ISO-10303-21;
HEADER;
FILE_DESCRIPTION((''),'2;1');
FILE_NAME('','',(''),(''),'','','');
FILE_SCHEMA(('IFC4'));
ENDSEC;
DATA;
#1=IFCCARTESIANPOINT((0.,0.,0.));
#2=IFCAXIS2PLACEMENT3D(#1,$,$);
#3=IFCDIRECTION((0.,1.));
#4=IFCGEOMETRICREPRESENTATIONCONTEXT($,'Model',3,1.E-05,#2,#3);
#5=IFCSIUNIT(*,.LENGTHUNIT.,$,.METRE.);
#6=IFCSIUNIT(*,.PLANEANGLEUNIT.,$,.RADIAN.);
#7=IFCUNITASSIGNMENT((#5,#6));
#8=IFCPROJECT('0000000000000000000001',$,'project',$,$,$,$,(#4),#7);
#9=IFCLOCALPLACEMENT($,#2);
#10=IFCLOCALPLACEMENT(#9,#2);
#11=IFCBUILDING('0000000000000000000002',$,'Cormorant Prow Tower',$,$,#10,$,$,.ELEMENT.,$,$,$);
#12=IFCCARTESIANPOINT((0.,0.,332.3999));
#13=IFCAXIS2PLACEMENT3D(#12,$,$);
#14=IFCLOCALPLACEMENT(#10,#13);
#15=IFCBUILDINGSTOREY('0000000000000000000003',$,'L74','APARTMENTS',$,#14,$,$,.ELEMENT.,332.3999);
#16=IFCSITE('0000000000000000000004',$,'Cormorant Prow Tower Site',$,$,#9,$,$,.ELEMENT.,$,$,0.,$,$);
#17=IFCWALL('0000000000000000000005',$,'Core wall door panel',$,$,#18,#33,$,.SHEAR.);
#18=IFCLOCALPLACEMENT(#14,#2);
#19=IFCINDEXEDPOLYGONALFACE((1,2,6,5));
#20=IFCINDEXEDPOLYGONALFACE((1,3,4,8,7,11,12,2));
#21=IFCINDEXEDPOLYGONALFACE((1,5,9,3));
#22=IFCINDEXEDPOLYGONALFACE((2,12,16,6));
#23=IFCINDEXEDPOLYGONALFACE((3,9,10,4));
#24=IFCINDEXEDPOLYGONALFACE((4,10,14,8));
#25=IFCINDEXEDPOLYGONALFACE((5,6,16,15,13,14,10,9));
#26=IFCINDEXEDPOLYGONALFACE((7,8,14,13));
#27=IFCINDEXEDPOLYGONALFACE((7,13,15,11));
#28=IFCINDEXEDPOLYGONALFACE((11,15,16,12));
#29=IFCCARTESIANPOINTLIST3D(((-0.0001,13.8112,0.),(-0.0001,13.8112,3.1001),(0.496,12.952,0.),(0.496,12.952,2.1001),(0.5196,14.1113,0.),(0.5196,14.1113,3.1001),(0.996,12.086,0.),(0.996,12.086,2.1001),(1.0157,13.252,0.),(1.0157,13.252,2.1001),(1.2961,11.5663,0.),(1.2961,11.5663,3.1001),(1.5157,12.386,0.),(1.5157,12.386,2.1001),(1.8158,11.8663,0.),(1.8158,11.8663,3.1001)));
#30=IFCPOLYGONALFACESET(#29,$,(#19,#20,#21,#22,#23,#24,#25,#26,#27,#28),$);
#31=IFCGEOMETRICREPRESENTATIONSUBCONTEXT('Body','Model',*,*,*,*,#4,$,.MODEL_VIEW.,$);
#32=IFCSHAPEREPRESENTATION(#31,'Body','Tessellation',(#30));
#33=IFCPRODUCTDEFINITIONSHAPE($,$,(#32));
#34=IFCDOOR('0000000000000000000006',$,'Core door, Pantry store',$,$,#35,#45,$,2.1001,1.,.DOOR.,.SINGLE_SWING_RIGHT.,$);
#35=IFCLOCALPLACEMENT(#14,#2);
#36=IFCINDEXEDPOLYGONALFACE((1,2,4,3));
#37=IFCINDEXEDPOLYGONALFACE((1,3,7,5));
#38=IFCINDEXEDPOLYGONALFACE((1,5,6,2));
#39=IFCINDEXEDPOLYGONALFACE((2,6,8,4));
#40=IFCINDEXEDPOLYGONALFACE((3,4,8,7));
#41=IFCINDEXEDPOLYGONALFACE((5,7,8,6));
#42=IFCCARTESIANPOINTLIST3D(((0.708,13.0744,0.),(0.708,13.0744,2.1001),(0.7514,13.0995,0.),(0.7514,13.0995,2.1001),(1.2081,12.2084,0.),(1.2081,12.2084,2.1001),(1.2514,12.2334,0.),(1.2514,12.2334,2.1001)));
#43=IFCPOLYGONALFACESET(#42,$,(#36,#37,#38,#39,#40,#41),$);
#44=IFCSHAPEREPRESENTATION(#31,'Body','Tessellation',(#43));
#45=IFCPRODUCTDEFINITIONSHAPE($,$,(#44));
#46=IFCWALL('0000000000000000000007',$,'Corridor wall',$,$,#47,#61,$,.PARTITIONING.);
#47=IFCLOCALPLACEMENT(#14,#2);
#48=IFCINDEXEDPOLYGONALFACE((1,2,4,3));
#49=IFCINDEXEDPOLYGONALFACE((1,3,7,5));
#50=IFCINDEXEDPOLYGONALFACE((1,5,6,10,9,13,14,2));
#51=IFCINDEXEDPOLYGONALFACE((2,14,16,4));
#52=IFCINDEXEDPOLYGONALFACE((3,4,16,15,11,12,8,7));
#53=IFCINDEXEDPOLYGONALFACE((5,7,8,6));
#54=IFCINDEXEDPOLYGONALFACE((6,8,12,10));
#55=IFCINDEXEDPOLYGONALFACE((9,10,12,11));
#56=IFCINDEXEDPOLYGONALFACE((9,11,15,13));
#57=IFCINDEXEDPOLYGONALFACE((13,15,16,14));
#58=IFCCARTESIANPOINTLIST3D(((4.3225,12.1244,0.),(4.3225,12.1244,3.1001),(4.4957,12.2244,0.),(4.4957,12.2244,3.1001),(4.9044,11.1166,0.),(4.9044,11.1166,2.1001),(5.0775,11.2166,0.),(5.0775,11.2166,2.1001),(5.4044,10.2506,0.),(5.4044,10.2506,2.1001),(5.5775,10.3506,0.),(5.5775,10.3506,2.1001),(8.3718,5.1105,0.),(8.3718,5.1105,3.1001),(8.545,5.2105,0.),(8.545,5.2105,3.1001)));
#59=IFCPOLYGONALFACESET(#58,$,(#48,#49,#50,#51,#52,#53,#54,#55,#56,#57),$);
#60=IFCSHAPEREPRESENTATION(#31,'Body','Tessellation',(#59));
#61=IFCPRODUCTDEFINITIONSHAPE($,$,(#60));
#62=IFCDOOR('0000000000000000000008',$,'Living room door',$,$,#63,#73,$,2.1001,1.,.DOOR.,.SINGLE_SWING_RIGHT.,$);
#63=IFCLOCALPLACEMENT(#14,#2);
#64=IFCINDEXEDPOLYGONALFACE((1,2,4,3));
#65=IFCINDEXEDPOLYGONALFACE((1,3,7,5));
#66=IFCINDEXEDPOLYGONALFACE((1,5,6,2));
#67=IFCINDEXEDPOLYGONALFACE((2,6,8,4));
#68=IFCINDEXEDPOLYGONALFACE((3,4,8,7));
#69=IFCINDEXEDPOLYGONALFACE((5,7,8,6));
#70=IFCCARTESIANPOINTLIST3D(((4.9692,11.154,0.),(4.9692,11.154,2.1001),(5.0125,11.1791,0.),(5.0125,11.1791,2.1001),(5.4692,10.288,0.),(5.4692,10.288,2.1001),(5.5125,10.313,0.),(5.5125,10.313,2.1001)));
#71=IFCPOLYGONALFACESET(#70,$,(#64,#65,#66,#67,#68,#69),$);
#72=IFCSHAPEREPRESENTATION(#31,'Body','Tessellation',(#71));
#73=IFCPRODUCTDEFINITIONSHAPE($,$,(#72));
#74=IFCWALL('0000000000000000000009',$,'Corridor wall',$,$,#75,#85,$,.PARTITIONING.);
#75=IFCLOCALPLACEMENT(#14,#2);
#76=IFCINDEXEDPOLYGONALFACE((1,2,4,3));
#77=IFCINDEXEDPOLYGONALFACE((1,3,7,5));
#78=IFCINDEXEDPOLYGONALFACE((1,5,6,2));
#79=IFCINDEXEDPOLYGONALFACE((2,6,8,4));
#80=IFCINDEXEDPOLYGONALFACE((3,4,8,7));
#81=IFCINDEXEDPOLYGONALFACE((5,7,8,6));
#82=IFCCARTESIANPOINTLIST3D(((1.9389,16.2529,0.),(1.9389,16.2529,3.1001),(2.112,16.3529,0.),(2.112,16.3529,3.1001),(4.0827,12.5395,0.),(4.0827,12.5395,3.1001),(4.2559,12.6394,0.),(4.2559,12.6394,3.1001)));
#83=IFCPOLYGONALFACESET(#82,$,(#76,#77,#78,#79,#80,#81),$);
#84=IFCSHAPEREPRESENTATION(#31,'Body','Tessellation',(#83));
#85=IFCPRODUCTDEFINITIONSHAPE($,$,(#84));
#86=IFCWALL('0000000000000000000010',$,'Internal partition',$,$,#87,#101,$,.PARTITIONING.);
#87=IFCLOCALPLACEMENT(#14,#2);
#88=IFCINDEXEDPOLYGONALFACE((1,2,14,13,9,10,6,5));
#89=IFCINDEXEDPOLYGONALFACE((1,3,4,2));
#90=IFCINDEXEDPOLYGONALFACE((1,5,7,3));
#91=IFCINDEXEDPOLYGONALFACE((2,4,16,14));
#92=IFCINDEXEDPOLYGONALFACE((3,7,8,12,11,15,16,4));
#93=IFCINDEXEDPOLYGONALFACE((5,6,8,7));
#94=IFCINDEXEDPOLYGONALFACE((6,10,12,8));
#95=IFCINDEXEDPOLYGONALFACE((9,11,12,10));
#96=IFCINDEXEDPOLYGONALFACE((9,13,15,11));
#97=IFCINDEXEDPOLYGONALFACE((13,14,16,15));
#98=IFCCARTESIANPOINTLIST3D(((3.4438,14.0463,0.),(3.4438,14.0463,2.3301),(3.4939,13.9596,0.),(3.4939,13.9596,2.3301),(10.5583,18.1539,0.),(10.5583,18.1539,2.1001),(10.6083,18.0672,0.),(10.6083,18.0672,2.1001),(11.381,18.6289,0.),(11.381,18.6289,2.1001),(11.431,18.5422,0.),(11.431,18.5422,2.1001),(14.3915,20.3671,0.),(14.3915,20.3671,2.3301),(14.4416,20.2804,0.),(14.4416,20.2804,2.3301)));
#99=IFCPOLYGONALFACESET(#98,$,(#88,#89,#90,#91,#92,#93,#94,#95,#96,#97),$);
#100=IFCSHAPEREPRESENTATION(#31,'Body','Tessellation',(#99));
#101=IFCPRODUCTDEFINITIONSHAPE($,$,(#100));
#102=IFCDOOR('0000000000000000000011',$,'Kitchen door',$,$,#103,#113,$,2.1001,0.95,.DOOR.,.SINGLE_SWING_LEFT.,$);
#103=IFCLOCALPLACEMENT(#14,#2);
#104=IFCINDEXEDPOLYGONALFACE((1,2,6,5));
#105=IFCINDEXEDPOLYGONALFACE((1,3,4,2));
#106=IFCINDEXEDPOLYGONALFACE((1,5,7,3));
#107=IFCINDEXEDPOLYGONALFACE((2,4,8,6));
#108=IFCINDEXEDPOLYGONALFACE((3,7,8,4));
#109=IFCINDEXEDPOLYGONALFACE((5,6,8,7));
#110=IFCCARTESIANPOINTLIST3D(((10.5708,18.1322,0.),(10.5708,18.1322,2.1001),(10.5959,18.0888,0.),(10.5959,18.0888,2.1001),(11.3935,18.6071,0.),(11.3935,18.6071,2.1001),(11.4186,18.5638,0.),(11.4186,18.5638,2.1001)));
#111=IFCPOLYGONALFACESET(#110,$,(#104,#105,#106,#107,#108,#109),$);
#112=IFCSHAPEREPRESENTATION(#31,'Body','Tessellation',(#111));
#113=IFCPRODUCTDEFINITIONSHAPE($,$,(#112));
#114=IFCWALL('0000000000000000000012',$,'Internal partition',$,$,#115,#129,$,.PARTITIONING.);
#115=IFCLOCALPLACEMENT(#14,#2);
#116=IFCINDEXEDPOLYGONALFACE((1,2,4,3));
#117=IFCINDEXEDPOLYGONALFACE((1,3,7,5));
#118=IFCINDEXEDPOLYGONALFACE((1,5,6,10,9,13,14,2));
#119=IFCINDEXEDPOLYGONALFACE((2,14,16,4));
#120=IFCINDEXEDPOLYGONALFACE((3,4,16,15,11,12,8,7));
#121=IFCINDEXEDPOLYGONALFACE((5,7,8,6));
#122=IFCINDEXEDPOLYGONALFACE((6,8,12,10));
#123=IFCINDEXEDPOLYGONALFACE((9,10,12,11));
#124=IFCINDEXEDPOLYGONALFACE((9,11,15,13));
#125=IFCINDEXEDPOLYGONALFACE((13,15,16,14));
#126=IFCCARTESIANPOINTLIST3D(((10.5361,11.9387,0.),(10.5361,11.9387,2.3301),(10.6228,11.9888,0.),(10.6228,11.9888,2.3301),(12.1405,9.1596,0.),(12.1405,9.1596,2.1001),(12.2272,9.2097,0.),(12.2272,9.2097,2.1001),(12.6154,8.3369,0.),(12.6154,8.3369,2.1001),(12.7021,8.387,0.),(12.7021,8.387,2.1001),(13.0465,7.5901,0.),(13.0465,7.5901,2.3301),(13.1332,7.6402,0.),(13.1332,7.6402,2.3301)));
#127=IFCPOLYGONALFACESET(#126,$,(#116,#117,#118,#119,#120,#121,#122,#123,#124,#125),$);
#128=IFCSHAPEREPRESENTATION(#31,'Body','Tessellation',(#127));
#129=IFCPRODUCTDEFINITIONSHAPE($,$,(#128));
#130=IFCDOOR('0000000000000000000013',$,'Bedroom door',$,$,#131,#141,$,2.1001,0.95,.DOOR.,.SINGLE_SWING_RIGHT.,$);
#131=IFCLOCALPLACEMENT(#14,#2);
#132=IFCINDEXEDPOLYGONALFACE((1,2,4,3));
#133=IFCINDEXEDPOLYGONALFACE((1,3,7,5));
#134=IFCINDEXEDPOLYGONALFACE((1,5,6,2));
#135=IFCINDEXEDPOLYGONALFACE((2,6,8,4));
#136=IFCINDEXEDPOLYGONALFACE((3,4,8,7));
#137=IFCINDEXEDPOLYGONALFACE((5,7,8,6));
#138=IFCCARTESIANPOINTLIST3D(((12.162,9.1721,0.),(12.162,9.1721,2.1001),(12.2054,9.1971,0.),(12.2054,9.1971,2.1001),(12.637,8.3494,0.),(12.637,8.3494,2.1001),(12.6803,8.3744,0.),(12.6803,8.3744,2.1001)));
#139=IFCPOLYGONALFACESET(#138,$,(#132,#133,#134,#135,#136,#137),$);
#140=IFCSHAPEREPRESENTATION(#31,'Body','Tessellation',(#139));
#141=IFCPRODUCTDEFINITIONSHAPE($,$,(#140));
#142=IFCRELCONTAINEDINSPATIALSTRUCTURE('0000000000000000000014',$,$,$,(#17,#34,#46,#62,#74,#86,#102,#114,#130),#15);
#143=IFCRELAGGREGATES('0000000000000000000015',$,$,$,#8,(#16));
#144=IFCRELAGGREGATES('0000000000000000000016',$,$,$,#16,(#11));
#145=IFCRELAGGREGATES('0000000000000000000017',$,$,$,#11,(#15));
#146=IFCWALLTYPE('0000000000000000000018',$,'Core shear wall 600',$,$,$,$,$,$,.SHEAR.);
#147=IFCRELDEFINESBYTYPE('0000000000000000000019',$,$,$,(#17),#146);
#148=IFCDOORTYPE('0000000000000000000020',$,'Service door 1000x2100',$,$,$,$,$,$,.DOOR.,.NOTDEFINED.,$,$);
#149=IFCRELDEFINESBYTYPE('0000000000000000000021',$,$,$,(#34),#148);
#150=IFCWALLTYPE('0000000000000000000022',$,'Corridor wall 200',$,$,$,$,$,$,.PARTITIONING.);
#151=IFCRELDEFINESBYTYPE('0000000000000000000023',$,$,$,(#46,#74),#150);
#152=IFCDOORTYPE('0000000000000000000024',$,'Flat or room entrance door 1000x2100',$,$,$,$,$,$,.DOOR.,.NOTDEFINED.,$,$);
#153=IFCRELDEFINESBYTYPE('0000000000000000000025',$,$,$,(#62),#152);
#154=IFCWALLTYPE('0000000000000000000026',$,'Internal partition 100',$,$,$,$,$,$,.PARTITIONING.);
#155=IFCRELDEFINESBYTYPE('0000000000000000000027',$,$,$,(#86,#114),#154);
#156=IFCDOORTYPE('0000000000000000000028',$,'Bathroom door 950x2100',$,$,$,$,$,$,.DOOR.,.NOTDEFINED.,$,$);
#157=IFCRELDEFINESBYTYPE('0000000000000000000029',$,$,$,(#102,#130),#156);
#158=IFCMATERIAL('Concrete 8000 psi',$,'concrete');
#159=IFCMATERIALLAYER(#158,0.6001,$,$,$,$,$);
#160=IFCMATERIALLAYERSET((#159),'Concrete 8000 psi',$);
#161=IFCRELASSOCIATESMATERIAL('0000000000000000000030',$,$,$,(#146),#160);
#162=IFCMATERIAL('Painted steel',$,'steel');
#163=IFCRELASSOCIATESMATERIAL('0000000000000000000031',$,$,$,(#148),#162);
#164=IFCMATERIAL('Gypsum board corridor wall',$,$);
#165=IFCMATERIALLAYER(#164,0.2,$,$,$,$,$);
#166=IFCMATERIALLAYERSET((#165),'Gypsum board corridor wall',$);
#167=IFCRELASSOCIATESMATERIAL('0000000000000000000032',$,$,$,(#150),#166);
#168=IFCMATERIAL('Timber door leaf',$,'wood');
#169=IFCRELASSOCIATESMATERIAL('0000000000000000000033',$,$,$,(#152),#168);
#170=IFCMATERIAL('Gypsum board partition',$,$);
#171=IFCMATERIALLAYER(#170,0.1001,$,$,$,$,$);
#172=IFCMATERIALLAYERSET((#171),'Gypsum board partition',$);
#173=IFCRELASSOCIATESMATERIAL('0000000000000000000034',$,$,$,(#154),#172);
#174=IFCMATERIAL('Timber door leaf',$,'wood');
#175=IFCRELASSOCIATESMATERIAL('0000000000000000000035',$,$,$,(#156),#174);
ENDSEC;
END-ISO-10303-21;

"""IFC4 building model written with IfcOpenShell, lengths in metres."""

from ifc_helpers import new_model, si_unit, direction, frame, frame_2d, origin, place, context, subcontext, project, spatial, rectangle, extrude, material, layer, layer_set, type_object, element, fill, save


model = new_model("IFC4")

# Units and contexts
model_context = context("Model", 3, precision=1e-05, world=origin(), true_north=direction((0.0, 1.0)))
body_context = subcontext(model_context, "Body", "Model", "MODEL_VIEW")
ifc_project = project(units=[si_unit("LENGTHUNIT", "METRE"), si_unit("PLANEANGLEUNIT", "RADIAN")], contexts=[model_context])

# Site, building, storey
site_placement = place(None, origin())
site = spatial("IfcSite", under=ifc_project, at=site_placement, Name="Cormorant Prow Tower Site", CompositionType="ELEMENT", RefElevation=0.0)
building_placement = place(site_placement, origin())
building = spatial("IfcBuilding", under=site, at=building_placement, Name="Cormorant Prow Tower", CompositionType="ELEMENT")
storey_placement = place(building_placement, frame((0.0, 0.0, 332.3999)))
storey = spatial("IfcBuildingStorey", under=building, at=storey_placement, Name="L74", Description="APARTMENTS", CompositionType="ELEMENT", Elevation=332.3999)

# Walls, openings, doors
ifc_material_1 = material(Name="Concrete 8000 psi", Category="concrete")
ifc_layer_1 = layer(ifc_material_1, 0.6001)
ifc_layer_set_1 = layer_set([ifc_layer_1], Name="Concrete 8000 psi")
wall_type_1 = type_object("IfcWallType", Name="Core shear wall 600", PredefinedType="SHEAR", material=ifc_layer_set_1)
wall_1_placement = place(storey_placement, frame((1.5559, 11.7163, 0.0), z_axis=(0.0, 0.0, 1.0), x_axis=(-0.500019, 0.866015, 0.0)))
wall_1 = element("IfcWall", 1, at=wall_1_placement, inside=storey, type_object=wall_type_1, Name="Core wall door panel", PredefinedType="SHEAR", context=body_context, shape_type="SweptSolid", body=[
    extrude(rectangle(XDim=2.5923, YDim=0.6001, at=frame_2d((1.2961, 0.0))), origin(), (0.0, 0.0, 1.0), 3.1001),
])
opening_1_placement = place(wall_1_placement, frame((0.6001, 0.0, 0.0)))
opening_1 = element("IfcOpeningElement", 2, at=opening_1_placement, cuts=wall_1, PredefinedType="OPENING", context=body_context, shape_type="SweptSolid", body=[
    extrude(rectangle(XDim=1.0, YDim=2.1001, at=frame_2d((0.5, 1.05))), frame((0.0, 0.3101, 0.0), z_axis=(0.0, -1.0, 0.0), x_axis=(1.0, 0.0, 0.0)), (0.0, 0.0, 1.0), 0.6201),
])
ifc_material_2 = material(Name="Painted steel", Category="steel")
door_type_1 = type_object("IfcDoorType", Name="Service door 1000x2100", OperationType="NOTDEFINED", PredefinedType="DOOR", material=ifc_material_2)
door_1_placement = place(opening_1_placement, origin())
door_1 = element("IfcDoor", 3, at=door_1_placement, inside=storey, type_object=door_type_1, Name="Core door, Pantry store", OperationType="SINGLE_SWING_RIGHT", OverallHeight=2.1001, OverallWidth=1.0, PredefinedType="DOOR", context=body_context, shape_type="SweptSolid", body=[
    extrude(rectangle(XDim=1.0, YDim=2.1001, at=frame_2d((0.5, 1.05))), frame((0.0, 0.0552, 0.0), z_axis=(0.0, -1.0, 0.0), x_axis=(1.0, 0.0, 0.0)), (0.0, 0.0, 1.0), 0.05),
])
fill(opening_1, door_1)
ifc_material_3 = material(Name="Gypsum board corridor wall")
ifc_layer_2 = layer(ifc_material_3, 0.2)
ifc_layer_set_2 = layer_set([ifc_layer_2], Name="Gypsum board corridor wall")
wall_type_2 = type_object("IfcWallType", Name="Corridor wall 200", PredefinedType="PARTITIONING", material=ifc_layer_set_2)
wall_2_placement = place(storey_placement, frame((4.4092, 12.1743, 0.0), z_axis=(0.0, 0.0, 1.0), x_axis=(0.499984, -0.866034, 0.0)))
wall_2 = element("IfcWall", 4, at=wall_2_placement, inside=storey, type_object=wall_type_2, Name="Corridor wall", PredefinedType="PARTITIONING", context=body_context, shape_type="SweptSolid", body=[
    extrude(rectangle(XDim=8.0989, YDim=0.2, at=frame_2d((4.0493, 0.0))), origin(), (0.0, 0.0, 1.0), 3.1001),
])
opening_2_placement = place(wall_2_placement, frame((1.1636, 0.0, 0.0)))
opening_2 = element("IfcOpeningElement", 5, at=opening_2_placement, cuts=wall_2, PredefinedType="OPENING", context=body_context, shape_type="SweptSolid", body=[
    extrude(rectangle(XDim=1.0, YDim=2.1001, at=frame_2d((0.5, 1.05))), frame((0.0, 0.1099, 0.0), z_axis=(0.0, -1.0, 0.0), x_axis=(1.0, 0.0, 0.0)), (0.0, 0.0, 1.0), 0.22),
])
ifc_material_4 = material(Name="Timber door leaf", Category="wood")
door_type_2 = type_object("IfcDoorType", Name="Flat or room entrance door 1000x2100", OperationType="NOTDEFINED", PredefinedType="DOOR", material=ifc_material_4)
door_2_placement = place(opening_2_placement, origin())
door_2 = element("IfcDoor", 6, at=door_2_placement, inside=storey, type_object=door_type_2, Name="Living room door", OperationType="SINGLE_SWING_RIGHT", OverallHeight=2.1001, OverallWidth=1.0, PredefinedType="DOOR", context=body_context, shape_type="SweptSolid", body=[
    extrude(rectangle(XDim=1.0, YDim=2.1001, at=frame_2d((0.5, 1.05))), frame((0.0, 0.0249, 0.0), z_axis=(0.0, -1.0, 0.0), x_axis=(1.0, 0.0, 0.0)), (0.0, 0.0, 1.0), 0.05),
])
fill(opening_2, door_2)

# Wall
wall_3_placement = place(storey_placement, frame((2.0254, 16.303, 0.0), z_axis=(0.0, 0.0, 1.0), x_axis=(0.499979, -0.866038, 0.0)))
element("IfcWall", 7, at=wall_3_placement, inside=storey, type_object=wall_type_2, Name="Corridor wall", PredefinedType="PARTITIONING", context=body_context, shape_type="SweptSolid", body=[
    extrude(rectangle(XDim=4.2878, YDim=0.2, at=frame_2d((2.144, 0.0))), origin(), (0.0, 0.0, 1.0), 3.1001),
])

# Walls, openings, doors
ifc_material_5 = material(Name="Gypsum board partition")
ifc_layer_3 = layer(ifc_material_5, 0.1001)
ifc_layer_set_3 = layer_set([ifc_layer_3], Name="Gypsum board partition")
wall_type_3 = type_object("IfcWallType", Name="Internal partition 100", PredefinedType="PARTITIONING", material=ifc_layer_set_3)
wall_4_placement = place(storey_placement, frame((3.4688, 14.0029, 0.0), z_axis=(0.0, 0.0, 1.0), x_axis=(0.866022, 0.500007, 0.0)))
wall_4 = element("IfcWall", 8, at=wall_4_placement, inside=storey, type_object=wall_type_3, Name="Internal partition", PredefinedType="PARTITIONING", context=body_context, shape_type="SweptSolid", body=[
    extrude(rectangle(XDim=12.6414, YDim=0.1001, at=frame_2d((6.3208, 0.0))), origin(), (0.0, 0.0, 1.0), 2.3301),
])
opening_3_placement = place(wall_4_placement, frame((8.2151, 0.0, 0.0)))
opening_3 = element("IfcOpeningElement", 9, at=opening_3_placement, cuts=wall_4, PredefinedType="OPENING", context=body_context, shape_type="SweptSolid", body=[
    extrude(rectangle(XDim=0.95, YDim=2.1001, at=frame_2d((0.4751, 1.05))), frame((0.0, 0.0601, 0.0), z_axis=(0.0, -1.0, 0.0), x_axis=(1.0, 0.0, 0.0)), (0.0, 0.0, 1.0), 0.1201),
])
ifc_material_6 = material(Name="Timber door leaf", Category="wood")
door_type_3 = type_object("IfcDoorType", Name="Bathroom door 950x2100", OperationType="NOTDEFINED", PredefinedType="DOOR", material=ifc_material_6)
door_3_placement = place(opening_3_placement, origin())
door_3 = element("IfcDoor", 10, at=door_3_placement, inside=storey, type_object=door_type_3, Name="Kitchen door", OperationType="SINGLE_SWING_LEFT", OverallHeight=2.1001, OverallWidth=0.95, PredefinedType="DOOR", context=body_context, shape_type="SweptSolid", body=[
    extrude(rectangle(XDim=0.95, YDim=2.1001, at=frame_2d((0.4751, 1.05))), frame((0.0, 0.0249, 0.0), z_axis=(0.0, -1.0, 0.0), x_axis=(1.0, 0.0, 0.0)), (0.0, 0.0, 1.0), 0.05),
])
fill(opening_3, door_3)
wall_5_placement = place(storey_placement, frame((10.5793, 11.9639, 0.0), z_axis=(0.0, 0.0, 1.0), x_axis=(0.499972, -0.866041, 0.0)))
wall_5 = element("IfcWall", 11, at=wall_5_placement, inside=storey, type_object=wall_type_3, Name="Internal partition", PredefinedType="PARTITIONING", context=body_context, shape_type="SweptSolid", body=[
    extrude(rectangle(XDim=5.0212, YDim=0.1001, at=frame_2d((2.5107, 0.0))), origin(), (0.0, 0.0, 1.0), 2.3301),
])
opening_4_placement = place(wall_5_placement, frame((3.209, 0.0, 0.0)))
opening_4 = element("IfcOpeningElement", 12, at=opening_4_placement, cuts=wall_5, PredefinedType="OPENING", context=body_context, shape_type="SweptSolid", body=[
    extrude(rectangle(XDim=0.95, YDim=2.1001, at=frame_2d((0.4751, 1.05))), frame((0.0, 0.0601, 0.0), z_axis=(0.0, -1.0, 0.0), x_axis=(1.0, 0.0, 0.0)), (0.0, 0.0, 1.0), 0.1201),
])
door_4_placement = place(opening_4_placement, origin())
door_4 = element("IfcDoor", 13, at=door_4_placement, inside=storey, type_object=door_type_3, Name="Bedroom door", OperationType="SINGLE_SWING_RIGHT", OverallHeight=2.1001, OverallWidth=0.95, PredefinedType="DOOR", context=body_context, shape_type="SweptSolid", body=[
    extrude(rectangle(XDim=0.95, YDim=2.1001, at=frame_2d((0.4751, 1.05))), frame((0.0, 0.0249, 0.0), z_axis=(0.0, -1.0, 0.0), x_axis=(1.0, 0.0, 0.0)), (0.0, 0.0, 1.0), 0.05),
])
fill(opening_4, door_4)

save(model, "model.ifc")
